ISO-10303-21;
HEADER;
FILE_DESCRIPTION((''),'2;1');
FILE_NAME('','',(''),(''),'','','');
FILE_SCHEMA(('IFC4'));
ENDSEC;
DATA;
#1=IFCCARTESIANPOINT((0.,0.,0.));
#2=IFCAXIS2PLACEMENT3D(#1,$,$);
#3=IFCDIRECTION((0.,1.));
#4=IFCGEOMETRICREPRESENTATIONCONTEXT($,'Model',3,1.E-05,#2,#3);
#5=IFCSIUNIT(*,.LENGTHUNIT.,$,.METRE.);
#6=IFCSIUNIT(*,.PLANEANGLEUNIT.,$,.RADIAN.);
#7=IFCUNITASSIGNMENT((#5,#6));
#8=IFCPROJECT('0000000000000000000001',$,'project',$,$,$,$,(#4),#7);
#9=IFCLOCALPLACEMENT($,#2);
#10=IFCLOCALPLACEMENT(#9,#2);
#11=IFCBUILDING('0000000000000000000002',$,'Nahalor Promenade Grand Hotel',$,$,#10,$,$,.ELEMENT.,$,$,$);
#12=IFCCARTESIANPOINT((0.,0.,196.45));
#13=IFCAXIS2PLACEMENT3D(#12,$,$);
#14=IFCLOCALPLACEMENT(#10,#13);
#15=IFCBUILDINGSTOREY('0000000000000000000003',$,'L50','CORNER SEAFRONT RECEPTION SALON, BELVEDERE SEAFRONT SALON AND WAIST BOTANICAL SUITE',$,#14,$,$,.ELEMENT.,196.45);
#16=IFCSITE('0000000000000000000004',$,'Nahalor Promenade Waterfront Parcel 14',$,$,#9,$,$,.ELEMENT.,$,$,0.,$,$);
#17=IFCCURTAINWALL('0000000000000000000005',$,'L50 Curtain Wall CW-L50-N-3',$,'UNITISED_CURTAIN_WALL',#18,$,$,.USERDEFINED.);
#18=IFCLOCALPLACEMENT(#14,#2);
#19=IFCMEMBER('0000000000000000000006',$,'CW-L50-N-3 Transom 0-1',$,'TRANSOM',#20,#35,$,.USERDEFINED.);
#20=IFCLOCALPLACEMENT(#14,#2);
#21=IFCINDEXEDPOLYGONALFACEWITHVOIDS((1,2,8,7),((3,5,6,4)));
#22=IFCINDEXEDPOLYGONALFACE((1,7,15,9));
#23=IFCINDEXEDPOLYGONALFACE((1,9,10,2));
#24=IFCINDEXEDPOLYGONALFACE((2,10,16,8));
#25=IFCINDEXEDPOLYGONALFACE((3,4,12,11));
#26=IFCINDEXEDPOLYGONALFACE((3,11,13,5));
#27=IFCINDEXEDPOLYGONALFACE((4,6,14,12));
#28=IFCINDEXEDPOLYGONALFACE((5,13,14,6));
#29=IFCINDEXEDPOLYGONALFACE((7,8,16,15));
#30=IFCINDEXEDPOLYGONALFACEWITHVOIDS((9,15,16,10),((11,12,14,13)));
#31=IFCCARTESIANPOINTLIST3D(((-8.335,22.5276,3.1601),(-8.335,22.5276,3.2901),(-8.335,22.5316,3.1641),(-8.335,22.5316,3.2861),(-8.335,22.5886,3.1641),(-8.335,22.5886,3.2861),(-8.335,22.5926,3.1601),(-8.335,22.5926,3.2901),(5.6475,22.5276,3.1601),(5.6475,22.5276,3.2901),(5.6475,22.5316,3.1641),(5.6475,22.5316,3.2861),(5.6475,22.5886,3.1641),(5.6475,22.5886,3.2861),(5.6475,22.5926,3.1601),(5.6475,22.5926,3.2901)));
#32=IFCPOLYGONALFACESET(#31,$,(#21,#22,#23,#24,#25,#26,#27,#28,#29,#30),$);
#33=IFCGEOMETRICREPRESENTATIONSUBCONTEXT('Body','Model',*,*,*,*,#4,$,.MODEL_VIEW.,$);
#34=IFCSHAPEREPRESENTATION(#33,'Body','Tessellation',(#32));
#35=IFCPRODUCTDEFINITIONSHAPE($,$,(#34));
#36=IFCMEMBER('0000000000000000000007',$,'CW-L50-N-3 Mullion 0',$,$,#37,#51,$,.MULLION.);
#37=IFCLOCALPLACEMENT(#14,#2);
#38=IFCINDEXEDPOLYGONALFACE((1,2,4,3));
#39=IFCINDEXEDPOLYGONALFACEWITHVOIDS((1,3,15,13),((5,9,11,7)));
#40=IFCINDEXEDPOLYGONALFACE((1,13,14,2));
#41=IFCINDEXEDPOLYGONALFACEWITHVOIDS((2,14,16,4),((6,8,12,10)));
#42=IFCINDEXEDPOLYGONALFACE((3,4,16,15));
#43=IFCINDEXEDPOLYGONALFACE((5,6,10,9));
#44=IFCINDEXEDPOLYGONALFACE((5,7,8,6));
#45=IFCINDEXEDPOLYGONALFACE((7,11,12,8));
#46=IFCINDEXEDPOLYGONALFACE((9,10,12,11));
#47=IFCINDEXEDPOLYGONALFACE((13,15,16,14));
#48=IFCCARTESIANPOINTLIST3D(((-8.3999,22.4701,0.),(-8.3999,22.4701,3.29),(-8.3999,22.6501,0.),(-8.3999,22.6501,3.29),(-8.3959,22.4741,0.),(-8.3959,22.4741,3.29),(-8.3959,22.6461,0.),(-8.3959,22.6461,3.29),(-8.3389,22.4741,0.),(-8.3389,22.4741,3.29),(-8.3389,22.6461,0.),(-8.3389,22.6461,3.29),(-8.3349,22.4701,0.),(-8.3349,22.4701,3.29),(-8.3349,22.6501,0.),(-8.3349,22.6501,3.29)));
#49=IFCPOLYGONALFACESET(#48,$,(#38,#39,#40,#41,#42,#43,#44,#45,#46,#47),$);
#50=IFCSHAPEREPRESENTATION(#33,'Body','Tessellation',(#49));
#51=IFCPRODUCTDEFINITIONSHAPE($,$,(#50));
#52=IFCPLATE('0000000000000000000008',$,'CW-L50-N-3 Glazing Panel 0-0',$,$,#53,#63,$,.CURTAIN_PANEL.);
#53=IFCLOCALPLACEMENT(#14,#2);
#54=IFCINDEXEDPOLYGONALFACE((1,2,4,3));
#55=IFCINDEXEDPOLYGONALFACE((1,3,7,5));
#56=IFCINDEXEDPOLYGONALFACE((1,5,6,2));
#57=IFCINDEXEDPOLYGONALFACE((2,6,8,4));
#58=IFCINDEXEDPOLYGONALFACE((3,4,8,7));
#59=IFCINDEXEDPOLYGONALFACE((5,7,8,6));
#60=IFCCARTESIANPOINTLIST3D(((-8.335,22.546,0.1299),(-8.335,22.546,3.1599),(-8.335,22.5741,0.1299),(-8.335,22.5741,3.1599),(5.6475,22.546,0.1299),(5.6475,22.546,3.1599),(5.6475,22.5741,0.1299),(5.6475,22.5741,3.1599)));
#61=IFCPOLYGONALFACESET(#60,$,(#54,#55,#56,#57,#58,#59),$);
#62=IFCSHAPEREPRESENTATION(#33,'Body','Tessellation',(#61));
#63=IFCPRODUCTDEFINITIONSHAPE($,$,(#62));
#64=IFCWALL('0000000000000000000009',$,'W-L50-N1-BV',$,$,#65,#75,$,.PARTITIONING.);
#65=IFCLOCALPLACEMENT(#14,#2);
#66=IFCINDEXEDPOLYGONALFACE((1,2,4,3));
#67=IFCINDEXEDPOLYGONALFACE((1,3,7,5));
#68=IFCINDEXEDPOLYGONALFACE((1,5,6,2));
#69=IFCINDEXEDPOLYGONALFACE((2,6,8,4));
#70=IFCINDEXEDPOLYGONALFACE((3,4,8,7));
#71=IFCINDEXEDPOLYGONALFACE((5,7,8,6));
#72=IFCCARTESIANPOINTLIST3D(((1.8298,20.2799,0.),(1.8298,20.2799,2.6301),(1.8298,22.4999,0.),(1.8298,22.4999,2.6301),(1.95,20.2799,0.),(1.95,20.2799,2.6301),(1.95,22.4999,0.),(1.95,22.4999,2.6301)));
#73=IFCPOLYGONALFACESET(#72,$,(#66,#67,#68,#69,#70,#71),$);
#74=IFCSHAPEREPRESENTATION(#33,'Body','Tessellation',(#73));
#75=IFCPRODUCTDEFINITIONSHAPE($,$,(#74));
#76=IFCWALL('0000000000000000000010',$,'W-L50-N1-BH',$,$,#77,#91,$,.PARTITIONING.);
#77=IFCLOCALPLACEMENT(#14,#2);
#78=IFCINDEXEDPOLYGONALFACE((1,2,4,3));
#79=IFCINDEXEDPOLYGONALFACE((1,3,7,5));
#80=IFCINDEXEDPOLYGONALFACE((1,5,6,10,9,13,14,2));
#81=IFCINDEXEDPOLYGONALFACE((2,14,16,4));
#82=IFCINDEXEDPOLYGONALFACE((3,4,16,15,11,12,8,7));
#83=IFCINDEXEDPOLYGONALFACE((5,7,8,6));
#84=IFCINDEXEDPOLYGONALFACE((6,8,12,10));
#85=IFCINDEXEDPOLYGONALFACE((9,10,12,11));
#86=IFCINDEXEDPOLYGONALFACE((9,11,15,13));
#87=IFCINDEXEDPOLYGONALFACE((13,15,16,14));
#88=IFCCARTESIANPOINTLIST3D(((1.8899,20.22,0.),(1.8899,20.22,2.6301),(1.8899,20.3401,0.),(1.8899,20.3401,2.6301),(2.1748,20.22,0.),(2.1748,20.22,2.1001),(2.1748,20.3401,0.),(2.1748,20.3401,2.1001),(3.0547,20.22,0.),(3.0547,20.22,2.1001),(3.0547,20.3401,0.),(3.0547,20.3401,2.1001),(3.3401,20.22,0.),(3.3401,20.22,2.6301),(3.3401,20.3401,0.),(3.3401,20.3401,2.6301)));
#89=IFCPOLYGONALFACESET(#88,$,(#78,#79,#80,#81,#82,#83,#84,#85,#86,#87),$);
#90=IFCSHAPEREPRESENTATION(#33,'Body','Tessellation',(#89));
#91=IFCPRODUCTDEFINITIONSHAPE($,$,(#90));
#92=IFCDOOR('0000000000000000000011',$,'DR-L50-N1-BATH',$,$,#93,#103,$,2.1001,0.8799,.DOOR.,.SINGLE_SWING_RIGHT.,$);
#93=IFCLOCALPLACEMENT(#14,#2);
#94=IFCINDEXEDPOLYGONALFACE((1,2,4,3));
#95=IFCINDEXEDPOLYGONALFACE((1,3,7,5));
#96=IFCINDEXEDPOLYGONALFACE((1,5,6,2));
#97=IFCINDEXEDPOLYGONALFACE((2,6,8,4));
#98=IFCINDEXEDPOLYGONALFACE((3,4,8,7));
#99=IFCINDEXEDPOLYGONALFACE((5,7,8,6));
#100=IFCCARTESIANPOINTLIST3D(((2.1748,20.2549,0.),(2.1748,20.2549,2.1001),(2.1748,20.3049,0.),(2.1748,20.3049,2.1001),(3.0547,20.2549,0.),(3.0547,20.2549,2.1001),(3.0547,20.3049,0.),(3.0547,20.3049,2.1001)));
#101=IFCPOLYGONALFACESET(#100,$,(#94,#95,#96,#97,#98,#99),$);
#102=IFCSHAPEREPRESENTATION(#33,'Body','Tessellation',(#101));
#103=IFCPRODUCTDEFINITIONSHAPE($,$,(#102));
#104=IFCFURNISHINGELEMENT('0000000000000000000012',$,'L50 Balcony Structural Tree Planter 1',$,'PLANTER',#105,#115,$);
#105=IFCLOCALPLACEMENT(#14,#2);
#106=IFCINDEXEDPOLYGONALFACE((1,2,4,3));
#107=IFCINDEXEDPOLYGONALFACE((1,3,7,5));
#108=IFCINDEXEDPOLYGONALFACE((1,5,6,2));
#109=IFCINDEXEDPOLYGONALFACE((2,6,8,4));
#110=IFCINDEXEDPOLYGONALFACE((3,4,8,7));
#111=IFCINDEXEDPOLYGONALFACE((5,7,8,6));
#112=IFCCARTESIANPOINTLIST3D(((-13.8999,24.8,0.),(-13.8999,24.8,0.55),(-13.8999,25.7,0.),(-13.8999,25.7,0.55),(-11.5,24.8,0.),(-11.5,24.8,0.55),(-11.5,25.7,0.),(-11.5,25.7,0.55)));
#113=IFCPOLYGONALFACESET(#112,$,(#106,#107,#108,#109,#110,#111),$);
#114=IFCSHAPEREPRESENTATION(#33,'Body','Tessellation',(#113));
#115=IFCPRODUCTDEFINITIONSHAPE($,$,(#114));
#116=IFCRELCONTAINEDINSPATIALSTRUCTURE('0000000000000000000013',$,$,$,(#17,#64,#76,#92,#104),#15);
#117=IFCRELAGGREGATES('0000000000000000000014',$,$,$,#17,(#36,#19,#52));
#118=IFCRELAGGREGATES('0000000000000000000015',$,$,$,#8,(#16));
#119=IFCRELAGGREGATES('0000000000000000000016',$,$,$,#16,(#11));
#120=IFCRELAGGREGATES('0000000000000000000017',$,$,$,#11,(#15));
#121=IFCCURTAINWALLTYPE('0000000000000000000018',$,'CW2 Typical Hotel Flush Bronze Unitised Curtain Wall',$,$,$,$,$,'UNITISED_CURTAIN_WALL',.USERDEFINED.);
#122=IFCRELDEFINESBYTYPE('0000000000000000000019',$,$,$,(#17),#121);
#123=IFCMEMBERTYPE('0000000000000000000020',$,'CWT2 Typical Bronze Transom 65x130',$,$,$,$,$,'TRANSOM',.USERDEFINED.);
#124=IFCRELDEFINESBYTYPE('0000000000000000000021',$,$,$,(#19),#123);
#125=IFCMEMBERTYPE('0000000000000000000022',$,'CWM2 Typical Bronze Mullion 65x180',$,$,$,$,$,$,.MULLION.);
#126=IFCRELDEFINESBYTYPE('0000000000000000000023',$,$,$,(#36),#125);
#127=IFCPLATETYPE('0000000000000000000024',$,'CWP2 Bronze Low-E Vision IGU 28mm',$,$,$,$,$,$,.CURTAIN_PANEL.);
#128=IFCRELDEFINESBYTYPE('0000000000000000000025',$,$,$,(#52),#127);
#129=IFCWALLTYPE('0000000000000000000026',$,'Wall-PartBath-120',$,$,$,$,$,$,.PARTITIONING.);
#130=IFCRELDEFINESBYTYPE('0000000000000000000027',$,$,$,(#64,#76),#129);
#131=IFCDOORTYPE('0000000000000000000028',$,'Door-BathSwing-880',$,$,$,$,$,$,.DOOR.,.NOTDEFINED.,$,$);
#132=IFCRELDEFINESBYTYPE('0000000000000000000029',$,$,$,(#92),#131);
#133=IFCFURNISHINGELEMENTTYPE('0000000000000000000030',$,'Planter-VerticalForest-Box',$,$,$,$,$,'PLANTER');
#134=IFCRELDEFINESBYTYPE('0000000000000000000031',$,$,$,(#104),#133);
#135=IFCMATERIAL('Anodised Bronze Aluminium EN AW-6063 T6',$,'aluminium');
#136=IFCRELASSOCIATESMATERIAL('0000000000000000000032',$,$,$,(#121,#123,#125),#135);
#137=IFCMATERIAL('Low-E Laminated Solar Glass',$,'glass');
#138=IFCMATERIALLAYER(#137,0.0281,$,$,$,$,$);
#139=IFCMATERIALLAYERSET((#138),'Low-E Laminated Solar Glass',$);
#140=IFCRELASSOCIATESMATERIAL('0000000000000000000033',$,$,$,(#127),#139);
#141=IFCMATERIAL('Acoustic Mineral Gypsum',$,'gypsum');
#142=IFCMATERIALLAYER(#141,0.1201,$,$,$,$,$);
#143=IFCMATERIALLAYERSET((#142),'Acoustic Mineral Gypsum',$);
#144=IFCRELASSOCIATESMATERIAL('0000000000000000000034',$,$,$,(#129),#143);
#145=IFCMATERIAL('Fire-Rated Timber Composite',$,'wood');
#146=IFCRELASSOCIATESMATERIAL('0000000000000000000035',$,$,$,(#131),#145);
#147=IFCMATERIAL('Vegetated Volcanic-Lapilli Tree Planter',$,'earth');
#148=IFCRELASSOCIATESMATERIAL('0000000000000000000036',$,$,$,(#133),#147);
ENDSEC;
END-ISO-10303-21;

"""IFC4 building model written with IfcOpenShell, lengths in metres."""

from ifc_helpers import new_model, si_unit, direction, frame, frame_2d, origin, origin_2d, place, context, subcontext, project, spatial, rectangle, hollow_rectangle, extrude, source, transform, mapped, material, layer, layer_set, material_profile, profile_set, type_object, element, fill, aggregate, save


model = new_model("IFC4")

# Units and contexts
model_context = context("Model", 3, precision=1e-05, world=origin(), true_north=direction((0.0, 1.0)))
body_context = subcontext(model_context, "Body", "Model", "MODEL_VIEW")
ifc_project = project(units=[si_unit("LENGTHUNIT", "METRE"), si_unit("PLANEANGLEUNIT", "RADIAN")], contexts=[model_context])

# Site, building, storey
site_placement = place(None, origin())
site = spatial("IfcSite", under=ifc_project, at=site_placement, Name="Nahalor Promenade Waterfront Parcel 14", CompositionType="ELEMENT", RefElevation=0.0)
building_placement = place(site_placement, origin())
building = spatial("IfcBuilding", under=site, at=building_placement, Name="Nahalor Promenade Grand Hotel", CompositionType="ELEMENT")
storey_placement = place(building_placement, frame((0.0, 0.0, 196.45)))
storey = spatial("IfcBuildingStorey", under=building, at=storey_placement, Name="L50", Description="CORNER SEAFRONT RECEPTION SALON, BELVEDERE SEAFRONT SALON AND WAIST BOTANICAL SUITE", CompositionType="ELEMENT", Elevation=196.45)

# Curtain wall, members, plate
ifc_material_1 = material(Name="Anodised Bronze Aluminium EN AW-6063 T6", Category="aluminium")
curtain_wall_type = type_object("IfcCurtainWallType", Name="CW2 Typical Hotel Flush Bronze Unitised Curtain Wall", ElementType="UNITISED_CURTAIN_WALL", PredefinedType="USERDEFINED", material=ifc_material_1)
curtain_wall_placement = place(storey_placement, origin())
curtain_wall = element("IfcCurtainWall", 1, at=curtain_wall_placement, inside=storey, type_object=curtain_wall_type, Name="L50 Curtain Wall CW-L50-N-3", ObjectType="UNITISED_CURTAIN_WALL", PredefinedType="USERDEFINED")
ifc_material_profile_1 = material_profile(ifc_material_1, hollow_rectangle(XDim=0.065, YDim=0.13, WallThickness=0.004, at=origin_2d()), Name="CWT 65x130x4")
ifc_profile_set_1 = profile_set([ifc_material_profile_1], Name="Anodised Bronze Aluminium EN AW-6063 T6")
member_type_1 = type_object("IfcMemberType", Name="CWT2 Typical Bronze Transom 65x130", ElementType="TRANSOM", PredefinedType="USERDEFINED", material=ifc_profile_set_1)
shared_shape_1 = source(origin(), body_context, "Body", "SweptSolid", [
    extrude(hollow_rectangle(XDim=0.065, YDim=0.13, WallThickness=0.004, at=origin_2d()), origin(), (0.0, 0.0, 1.0), 13.9824),
])
member_1_placement = place(storey_placement, frame((-8.335, 22.5601, 3.2251), z_axis=(1.0, 0.0, 0.0), x_axis=(0.0, 1.0, 0.0)))
member_1 = element("IfcMember", 2, at=member_1_placement, type_object=member_type_1, Name="CW-L50-N-3 Transom 0-1", ObjectType="TRANSOM", PredefinedType="USERDEFINED", context=body_context, shape_type="MappedRepresentation", body=[
    mapped(shared_shape_1, transform((0.0, 0.0, 0.0), scale=1.0)),
])
ifc_material_profile_2 = material_profile(ifc_material_1, hollow_rectangle(XDim=0.065, YDim=0.18, WallThickness=0.004, at=origin_2d()), Name="CWM 65x180x4")
ifc_profile_set_2 = profile_set([ifc_material_profile_2], Name="Anodised Bronze Aluminium EN AW-6063 T6")
member_type_2 = type_object("IfcMemberType", Name="CWM2 Typical Bronze Mullion 65x180", PredefinedType="MULLION", material=ifc_profile_set_2)
shared_shape_2 = source(origin(), body_context, "Body", "SweptSolid", [
    extrude(hollow_rectangle(XDim=0.065, YDim=0.18, WallThickness=0.004, at=origin_2d()), origin(), (0.0, 0.0, 1.0), 3.29),
])
member_2_placement = place(storey_placement, frame((-8.3674, 22.5601, 0.0), z_axis=(0.0, 0.0, 1.0), x_axis=(1.0, 0.0, 0.0)))
member_2 = element("IfcMember", 3, at=member_2_placement, type_object=member_type_2, Name="CW-L50-N-3 Mullion 0", PredefinedType="MULLION", context=body_context, shape_type="MappedRepresentation", body=[
    mapped(shared_shape_2, transform((0.0, 0.0, 0.0), scale=1.0)),
])
ifc_material_2 = material(Name="Low-E Laminated Solar Glass", Category="glass")
ifc_layer_1 = layer(ifc_material_2, 0.0281)
ifc_layer_set_1 = layer_set([ifc_layer_1], Name="Low-E Laminated Solar Glass")
plate_type = type_object("IfcPlateType", Name="CWP2 Bronze Low-E Vision IGU 28mm", PredefinedType="CURTAIN_PANEL", material=ifc_layer_set_1)
shared_shape_3 = source(origin(), body_context, "Body", "SweptSolid", [
    extrude(rectangle(XDim=13.9824, YDim=0.0281, at=origin_2d()), origin(), (0.0, 0.0, 1.0), 3.03),
])
plate_placement = place(storey_placement, frame((-1.3438, 22.5601, 0.1299), z_axis=(0.0, 0.0, 1.0), x_axis=(1.0, 0.0, 0.0)))
plate = element("IfcPlate", 4, at=plate_placement, type_object=plate_type, Name="CW-L50-N-3 Glazing Panel 0-0", PredefinedType="CURTAIN_PANEL", context=body_context, shape_type="MappedRepresentation", body=[
    mapped(shared_shape_3, transform((0.0, 0.0, 0.0), scale=1.0)),
])
aggregate(curtain_wall, [member_2, member_1, plate])

# Wall
ifc_material_3 = material(Name="Acoustic Mineral Gypsum", Category="gypsum")
ifc_layer_2 = layer(ifc_material_3, 0.1201)
ifc_layer_set_2 = layer_set([ifc_layer_2], Name="Acoustic Mineral Gypsum")
wall_type = type_object("IfcWallType", Name="Wall-PartBath-120", PredefinedType="PARTITIONING", material=ifc_layer_set_2)
shared_shape_4 = source(origin(), body_context, "Body", "SweptSolid", [
    extrude(rectangle(XDim=2.22, YDim=0.1201, at=frame_2d((1.1099, 0.0))), origin(), (0.0, 0.0, 1.0), 2.6301),
])
wall_1_placement = place(storey_placement, frame((1.8899, 20.28, 0.0), z_axis=(0.0, 0.0, 1.0), x_axis=(0.0, 1.0, 0.0)))
element("IfcWall", 5, at=wall_1_placement, inside=storey, type_object=wall_type, Name="W-L50-N1-BV", PredefinedType="PARTITIONING", context=body_context, shape_type="MappedRepresentation", body=[
    mapped(shared_shape_4, transform((0.0, 0.0, 0.0), scale=1.0)),
])

# Wall, opening, door
shared_shape_5 = source(origin(), body_context, "Body", "SweptSolid", [
    extrude(rectangle(XDim=1.4502, YDim=0.1201, at=frame_2d((0.7251, 0.0))), origin(), (0.0, 0.0, 1.0), 2.6301),
])
wall_2_placement = place(storey_placement, frame((1.8899, 20.28, 0.0), z_axis=(0.0, 0.0, 1.0), x_axis=(1.0, 0.0, 0.0)))
wall_2 = element("IfcWall", 6, at=wall_2_placement, inside=storey, type_object=wall_type, Name="W-L50-N1-BH", PredefinedType="PARTITIONING", context=body_context, shape_type="MappedRepresentation", body=[
    mapped(shared_shape_5, transform((0.0, 0.0, 0.0), scale=1.0)),
])
opening_placement = place(wall_2_placement, frame((0.2849, 0.0, 0.0)))
opening = element("IfcOpeningElement", 7, at=opening_placement, cuts=wall_2, PredefinedType="OPENING", context=body_context, shape_type="SweptSolid", body=[
    extrude(rectangle(XDim=0.8799, YDim=2.1001, at=frame_2d((0.4399, 1.05))), frame((0.0, 0.0701, 0.0), z_axis=(0.0, -1.0, 0.0), x_axis=(1.0, 0.0, 0.0)), (0.0, 0.0, 1.0), 0.1401),
])
ifc_material_4 = material(Name="Fire-Rated Timber Composite", Category="wood")
door_type = type_object("IfcDoorType", Name="Door-BathSwing-880", OperationType="NOTDEFINED", PredefinedType="DOOR", material=ifc_material_4)
shared_shape_6 = source(origin(), body_context, "Body", "SweptSolid", [
    extrude(rectangle(XDim=0.8799, YDim=2.1001, at=frame_2d((0.4399, 1.05))), frame((0.0, 0.0249, 0.0), z_axis=(0.0, -1.0, 0.0), x_axis=(1.0, 0.0, 0.0)), (0.0, 0.0, 1.0), 0.05),
])
door_placement = place(opening_placement, origin())
door = element("IfcDoor", 8, at=door_placement, inside=storey, type_object=door_type, Name="DR-L50-N1-BATH", OperationType="SINGLE_SWING_RIGHT", OverallHeight=2.1001, OverallWidth=0.8799, PredefinedType="DOOR", context=body_context, shape_type="MappedRepresentation", body=[
    mapped(shared_shape_6, transform((0.0, 0.0, 0.0), scale=1.0)),
])
fill(opening, door)

# Furnishing element
ifc_material_5 = material(Name="Vegetated Volcanic-Lapilli Tree Planter", Category="earth")
furnishing_element_type = type_object("IfcFurnishingElementType", Name="Planter-VerticalForest-Box", ElementType="PLANTER", material=ifc_material_5)
shared_shape_7 = source(origin(), body_context, "Body", "SweptSolid", [
    extrude(rectangle(XDim=2.3999, YDim=0.8999, at=origin_2d()), origin(), (0.0, 0.0, 1.0), 0.55),
])
furnishing_placement = place(storey_placement, frame((-12.7, 25.25, 0.0), z_axis=(0.0, 0.0, 1.0), x_axis=(1.0, 0.0, 0.0)))
element("IfcFurnishingElement", 9, at=furnishing_placement, inside=storey, type_object=furnishing_element_type, Name="L50 Balcony Structural Tree Planter 1", ObjectType="PLANTER", context=body_context, shape_type="MappedRepresentation", body=[
    mapped(shared_shape_7, transform((0.0, 0.0, 0.0), scale=1.0)),
])

save(model, "model.ifc")
